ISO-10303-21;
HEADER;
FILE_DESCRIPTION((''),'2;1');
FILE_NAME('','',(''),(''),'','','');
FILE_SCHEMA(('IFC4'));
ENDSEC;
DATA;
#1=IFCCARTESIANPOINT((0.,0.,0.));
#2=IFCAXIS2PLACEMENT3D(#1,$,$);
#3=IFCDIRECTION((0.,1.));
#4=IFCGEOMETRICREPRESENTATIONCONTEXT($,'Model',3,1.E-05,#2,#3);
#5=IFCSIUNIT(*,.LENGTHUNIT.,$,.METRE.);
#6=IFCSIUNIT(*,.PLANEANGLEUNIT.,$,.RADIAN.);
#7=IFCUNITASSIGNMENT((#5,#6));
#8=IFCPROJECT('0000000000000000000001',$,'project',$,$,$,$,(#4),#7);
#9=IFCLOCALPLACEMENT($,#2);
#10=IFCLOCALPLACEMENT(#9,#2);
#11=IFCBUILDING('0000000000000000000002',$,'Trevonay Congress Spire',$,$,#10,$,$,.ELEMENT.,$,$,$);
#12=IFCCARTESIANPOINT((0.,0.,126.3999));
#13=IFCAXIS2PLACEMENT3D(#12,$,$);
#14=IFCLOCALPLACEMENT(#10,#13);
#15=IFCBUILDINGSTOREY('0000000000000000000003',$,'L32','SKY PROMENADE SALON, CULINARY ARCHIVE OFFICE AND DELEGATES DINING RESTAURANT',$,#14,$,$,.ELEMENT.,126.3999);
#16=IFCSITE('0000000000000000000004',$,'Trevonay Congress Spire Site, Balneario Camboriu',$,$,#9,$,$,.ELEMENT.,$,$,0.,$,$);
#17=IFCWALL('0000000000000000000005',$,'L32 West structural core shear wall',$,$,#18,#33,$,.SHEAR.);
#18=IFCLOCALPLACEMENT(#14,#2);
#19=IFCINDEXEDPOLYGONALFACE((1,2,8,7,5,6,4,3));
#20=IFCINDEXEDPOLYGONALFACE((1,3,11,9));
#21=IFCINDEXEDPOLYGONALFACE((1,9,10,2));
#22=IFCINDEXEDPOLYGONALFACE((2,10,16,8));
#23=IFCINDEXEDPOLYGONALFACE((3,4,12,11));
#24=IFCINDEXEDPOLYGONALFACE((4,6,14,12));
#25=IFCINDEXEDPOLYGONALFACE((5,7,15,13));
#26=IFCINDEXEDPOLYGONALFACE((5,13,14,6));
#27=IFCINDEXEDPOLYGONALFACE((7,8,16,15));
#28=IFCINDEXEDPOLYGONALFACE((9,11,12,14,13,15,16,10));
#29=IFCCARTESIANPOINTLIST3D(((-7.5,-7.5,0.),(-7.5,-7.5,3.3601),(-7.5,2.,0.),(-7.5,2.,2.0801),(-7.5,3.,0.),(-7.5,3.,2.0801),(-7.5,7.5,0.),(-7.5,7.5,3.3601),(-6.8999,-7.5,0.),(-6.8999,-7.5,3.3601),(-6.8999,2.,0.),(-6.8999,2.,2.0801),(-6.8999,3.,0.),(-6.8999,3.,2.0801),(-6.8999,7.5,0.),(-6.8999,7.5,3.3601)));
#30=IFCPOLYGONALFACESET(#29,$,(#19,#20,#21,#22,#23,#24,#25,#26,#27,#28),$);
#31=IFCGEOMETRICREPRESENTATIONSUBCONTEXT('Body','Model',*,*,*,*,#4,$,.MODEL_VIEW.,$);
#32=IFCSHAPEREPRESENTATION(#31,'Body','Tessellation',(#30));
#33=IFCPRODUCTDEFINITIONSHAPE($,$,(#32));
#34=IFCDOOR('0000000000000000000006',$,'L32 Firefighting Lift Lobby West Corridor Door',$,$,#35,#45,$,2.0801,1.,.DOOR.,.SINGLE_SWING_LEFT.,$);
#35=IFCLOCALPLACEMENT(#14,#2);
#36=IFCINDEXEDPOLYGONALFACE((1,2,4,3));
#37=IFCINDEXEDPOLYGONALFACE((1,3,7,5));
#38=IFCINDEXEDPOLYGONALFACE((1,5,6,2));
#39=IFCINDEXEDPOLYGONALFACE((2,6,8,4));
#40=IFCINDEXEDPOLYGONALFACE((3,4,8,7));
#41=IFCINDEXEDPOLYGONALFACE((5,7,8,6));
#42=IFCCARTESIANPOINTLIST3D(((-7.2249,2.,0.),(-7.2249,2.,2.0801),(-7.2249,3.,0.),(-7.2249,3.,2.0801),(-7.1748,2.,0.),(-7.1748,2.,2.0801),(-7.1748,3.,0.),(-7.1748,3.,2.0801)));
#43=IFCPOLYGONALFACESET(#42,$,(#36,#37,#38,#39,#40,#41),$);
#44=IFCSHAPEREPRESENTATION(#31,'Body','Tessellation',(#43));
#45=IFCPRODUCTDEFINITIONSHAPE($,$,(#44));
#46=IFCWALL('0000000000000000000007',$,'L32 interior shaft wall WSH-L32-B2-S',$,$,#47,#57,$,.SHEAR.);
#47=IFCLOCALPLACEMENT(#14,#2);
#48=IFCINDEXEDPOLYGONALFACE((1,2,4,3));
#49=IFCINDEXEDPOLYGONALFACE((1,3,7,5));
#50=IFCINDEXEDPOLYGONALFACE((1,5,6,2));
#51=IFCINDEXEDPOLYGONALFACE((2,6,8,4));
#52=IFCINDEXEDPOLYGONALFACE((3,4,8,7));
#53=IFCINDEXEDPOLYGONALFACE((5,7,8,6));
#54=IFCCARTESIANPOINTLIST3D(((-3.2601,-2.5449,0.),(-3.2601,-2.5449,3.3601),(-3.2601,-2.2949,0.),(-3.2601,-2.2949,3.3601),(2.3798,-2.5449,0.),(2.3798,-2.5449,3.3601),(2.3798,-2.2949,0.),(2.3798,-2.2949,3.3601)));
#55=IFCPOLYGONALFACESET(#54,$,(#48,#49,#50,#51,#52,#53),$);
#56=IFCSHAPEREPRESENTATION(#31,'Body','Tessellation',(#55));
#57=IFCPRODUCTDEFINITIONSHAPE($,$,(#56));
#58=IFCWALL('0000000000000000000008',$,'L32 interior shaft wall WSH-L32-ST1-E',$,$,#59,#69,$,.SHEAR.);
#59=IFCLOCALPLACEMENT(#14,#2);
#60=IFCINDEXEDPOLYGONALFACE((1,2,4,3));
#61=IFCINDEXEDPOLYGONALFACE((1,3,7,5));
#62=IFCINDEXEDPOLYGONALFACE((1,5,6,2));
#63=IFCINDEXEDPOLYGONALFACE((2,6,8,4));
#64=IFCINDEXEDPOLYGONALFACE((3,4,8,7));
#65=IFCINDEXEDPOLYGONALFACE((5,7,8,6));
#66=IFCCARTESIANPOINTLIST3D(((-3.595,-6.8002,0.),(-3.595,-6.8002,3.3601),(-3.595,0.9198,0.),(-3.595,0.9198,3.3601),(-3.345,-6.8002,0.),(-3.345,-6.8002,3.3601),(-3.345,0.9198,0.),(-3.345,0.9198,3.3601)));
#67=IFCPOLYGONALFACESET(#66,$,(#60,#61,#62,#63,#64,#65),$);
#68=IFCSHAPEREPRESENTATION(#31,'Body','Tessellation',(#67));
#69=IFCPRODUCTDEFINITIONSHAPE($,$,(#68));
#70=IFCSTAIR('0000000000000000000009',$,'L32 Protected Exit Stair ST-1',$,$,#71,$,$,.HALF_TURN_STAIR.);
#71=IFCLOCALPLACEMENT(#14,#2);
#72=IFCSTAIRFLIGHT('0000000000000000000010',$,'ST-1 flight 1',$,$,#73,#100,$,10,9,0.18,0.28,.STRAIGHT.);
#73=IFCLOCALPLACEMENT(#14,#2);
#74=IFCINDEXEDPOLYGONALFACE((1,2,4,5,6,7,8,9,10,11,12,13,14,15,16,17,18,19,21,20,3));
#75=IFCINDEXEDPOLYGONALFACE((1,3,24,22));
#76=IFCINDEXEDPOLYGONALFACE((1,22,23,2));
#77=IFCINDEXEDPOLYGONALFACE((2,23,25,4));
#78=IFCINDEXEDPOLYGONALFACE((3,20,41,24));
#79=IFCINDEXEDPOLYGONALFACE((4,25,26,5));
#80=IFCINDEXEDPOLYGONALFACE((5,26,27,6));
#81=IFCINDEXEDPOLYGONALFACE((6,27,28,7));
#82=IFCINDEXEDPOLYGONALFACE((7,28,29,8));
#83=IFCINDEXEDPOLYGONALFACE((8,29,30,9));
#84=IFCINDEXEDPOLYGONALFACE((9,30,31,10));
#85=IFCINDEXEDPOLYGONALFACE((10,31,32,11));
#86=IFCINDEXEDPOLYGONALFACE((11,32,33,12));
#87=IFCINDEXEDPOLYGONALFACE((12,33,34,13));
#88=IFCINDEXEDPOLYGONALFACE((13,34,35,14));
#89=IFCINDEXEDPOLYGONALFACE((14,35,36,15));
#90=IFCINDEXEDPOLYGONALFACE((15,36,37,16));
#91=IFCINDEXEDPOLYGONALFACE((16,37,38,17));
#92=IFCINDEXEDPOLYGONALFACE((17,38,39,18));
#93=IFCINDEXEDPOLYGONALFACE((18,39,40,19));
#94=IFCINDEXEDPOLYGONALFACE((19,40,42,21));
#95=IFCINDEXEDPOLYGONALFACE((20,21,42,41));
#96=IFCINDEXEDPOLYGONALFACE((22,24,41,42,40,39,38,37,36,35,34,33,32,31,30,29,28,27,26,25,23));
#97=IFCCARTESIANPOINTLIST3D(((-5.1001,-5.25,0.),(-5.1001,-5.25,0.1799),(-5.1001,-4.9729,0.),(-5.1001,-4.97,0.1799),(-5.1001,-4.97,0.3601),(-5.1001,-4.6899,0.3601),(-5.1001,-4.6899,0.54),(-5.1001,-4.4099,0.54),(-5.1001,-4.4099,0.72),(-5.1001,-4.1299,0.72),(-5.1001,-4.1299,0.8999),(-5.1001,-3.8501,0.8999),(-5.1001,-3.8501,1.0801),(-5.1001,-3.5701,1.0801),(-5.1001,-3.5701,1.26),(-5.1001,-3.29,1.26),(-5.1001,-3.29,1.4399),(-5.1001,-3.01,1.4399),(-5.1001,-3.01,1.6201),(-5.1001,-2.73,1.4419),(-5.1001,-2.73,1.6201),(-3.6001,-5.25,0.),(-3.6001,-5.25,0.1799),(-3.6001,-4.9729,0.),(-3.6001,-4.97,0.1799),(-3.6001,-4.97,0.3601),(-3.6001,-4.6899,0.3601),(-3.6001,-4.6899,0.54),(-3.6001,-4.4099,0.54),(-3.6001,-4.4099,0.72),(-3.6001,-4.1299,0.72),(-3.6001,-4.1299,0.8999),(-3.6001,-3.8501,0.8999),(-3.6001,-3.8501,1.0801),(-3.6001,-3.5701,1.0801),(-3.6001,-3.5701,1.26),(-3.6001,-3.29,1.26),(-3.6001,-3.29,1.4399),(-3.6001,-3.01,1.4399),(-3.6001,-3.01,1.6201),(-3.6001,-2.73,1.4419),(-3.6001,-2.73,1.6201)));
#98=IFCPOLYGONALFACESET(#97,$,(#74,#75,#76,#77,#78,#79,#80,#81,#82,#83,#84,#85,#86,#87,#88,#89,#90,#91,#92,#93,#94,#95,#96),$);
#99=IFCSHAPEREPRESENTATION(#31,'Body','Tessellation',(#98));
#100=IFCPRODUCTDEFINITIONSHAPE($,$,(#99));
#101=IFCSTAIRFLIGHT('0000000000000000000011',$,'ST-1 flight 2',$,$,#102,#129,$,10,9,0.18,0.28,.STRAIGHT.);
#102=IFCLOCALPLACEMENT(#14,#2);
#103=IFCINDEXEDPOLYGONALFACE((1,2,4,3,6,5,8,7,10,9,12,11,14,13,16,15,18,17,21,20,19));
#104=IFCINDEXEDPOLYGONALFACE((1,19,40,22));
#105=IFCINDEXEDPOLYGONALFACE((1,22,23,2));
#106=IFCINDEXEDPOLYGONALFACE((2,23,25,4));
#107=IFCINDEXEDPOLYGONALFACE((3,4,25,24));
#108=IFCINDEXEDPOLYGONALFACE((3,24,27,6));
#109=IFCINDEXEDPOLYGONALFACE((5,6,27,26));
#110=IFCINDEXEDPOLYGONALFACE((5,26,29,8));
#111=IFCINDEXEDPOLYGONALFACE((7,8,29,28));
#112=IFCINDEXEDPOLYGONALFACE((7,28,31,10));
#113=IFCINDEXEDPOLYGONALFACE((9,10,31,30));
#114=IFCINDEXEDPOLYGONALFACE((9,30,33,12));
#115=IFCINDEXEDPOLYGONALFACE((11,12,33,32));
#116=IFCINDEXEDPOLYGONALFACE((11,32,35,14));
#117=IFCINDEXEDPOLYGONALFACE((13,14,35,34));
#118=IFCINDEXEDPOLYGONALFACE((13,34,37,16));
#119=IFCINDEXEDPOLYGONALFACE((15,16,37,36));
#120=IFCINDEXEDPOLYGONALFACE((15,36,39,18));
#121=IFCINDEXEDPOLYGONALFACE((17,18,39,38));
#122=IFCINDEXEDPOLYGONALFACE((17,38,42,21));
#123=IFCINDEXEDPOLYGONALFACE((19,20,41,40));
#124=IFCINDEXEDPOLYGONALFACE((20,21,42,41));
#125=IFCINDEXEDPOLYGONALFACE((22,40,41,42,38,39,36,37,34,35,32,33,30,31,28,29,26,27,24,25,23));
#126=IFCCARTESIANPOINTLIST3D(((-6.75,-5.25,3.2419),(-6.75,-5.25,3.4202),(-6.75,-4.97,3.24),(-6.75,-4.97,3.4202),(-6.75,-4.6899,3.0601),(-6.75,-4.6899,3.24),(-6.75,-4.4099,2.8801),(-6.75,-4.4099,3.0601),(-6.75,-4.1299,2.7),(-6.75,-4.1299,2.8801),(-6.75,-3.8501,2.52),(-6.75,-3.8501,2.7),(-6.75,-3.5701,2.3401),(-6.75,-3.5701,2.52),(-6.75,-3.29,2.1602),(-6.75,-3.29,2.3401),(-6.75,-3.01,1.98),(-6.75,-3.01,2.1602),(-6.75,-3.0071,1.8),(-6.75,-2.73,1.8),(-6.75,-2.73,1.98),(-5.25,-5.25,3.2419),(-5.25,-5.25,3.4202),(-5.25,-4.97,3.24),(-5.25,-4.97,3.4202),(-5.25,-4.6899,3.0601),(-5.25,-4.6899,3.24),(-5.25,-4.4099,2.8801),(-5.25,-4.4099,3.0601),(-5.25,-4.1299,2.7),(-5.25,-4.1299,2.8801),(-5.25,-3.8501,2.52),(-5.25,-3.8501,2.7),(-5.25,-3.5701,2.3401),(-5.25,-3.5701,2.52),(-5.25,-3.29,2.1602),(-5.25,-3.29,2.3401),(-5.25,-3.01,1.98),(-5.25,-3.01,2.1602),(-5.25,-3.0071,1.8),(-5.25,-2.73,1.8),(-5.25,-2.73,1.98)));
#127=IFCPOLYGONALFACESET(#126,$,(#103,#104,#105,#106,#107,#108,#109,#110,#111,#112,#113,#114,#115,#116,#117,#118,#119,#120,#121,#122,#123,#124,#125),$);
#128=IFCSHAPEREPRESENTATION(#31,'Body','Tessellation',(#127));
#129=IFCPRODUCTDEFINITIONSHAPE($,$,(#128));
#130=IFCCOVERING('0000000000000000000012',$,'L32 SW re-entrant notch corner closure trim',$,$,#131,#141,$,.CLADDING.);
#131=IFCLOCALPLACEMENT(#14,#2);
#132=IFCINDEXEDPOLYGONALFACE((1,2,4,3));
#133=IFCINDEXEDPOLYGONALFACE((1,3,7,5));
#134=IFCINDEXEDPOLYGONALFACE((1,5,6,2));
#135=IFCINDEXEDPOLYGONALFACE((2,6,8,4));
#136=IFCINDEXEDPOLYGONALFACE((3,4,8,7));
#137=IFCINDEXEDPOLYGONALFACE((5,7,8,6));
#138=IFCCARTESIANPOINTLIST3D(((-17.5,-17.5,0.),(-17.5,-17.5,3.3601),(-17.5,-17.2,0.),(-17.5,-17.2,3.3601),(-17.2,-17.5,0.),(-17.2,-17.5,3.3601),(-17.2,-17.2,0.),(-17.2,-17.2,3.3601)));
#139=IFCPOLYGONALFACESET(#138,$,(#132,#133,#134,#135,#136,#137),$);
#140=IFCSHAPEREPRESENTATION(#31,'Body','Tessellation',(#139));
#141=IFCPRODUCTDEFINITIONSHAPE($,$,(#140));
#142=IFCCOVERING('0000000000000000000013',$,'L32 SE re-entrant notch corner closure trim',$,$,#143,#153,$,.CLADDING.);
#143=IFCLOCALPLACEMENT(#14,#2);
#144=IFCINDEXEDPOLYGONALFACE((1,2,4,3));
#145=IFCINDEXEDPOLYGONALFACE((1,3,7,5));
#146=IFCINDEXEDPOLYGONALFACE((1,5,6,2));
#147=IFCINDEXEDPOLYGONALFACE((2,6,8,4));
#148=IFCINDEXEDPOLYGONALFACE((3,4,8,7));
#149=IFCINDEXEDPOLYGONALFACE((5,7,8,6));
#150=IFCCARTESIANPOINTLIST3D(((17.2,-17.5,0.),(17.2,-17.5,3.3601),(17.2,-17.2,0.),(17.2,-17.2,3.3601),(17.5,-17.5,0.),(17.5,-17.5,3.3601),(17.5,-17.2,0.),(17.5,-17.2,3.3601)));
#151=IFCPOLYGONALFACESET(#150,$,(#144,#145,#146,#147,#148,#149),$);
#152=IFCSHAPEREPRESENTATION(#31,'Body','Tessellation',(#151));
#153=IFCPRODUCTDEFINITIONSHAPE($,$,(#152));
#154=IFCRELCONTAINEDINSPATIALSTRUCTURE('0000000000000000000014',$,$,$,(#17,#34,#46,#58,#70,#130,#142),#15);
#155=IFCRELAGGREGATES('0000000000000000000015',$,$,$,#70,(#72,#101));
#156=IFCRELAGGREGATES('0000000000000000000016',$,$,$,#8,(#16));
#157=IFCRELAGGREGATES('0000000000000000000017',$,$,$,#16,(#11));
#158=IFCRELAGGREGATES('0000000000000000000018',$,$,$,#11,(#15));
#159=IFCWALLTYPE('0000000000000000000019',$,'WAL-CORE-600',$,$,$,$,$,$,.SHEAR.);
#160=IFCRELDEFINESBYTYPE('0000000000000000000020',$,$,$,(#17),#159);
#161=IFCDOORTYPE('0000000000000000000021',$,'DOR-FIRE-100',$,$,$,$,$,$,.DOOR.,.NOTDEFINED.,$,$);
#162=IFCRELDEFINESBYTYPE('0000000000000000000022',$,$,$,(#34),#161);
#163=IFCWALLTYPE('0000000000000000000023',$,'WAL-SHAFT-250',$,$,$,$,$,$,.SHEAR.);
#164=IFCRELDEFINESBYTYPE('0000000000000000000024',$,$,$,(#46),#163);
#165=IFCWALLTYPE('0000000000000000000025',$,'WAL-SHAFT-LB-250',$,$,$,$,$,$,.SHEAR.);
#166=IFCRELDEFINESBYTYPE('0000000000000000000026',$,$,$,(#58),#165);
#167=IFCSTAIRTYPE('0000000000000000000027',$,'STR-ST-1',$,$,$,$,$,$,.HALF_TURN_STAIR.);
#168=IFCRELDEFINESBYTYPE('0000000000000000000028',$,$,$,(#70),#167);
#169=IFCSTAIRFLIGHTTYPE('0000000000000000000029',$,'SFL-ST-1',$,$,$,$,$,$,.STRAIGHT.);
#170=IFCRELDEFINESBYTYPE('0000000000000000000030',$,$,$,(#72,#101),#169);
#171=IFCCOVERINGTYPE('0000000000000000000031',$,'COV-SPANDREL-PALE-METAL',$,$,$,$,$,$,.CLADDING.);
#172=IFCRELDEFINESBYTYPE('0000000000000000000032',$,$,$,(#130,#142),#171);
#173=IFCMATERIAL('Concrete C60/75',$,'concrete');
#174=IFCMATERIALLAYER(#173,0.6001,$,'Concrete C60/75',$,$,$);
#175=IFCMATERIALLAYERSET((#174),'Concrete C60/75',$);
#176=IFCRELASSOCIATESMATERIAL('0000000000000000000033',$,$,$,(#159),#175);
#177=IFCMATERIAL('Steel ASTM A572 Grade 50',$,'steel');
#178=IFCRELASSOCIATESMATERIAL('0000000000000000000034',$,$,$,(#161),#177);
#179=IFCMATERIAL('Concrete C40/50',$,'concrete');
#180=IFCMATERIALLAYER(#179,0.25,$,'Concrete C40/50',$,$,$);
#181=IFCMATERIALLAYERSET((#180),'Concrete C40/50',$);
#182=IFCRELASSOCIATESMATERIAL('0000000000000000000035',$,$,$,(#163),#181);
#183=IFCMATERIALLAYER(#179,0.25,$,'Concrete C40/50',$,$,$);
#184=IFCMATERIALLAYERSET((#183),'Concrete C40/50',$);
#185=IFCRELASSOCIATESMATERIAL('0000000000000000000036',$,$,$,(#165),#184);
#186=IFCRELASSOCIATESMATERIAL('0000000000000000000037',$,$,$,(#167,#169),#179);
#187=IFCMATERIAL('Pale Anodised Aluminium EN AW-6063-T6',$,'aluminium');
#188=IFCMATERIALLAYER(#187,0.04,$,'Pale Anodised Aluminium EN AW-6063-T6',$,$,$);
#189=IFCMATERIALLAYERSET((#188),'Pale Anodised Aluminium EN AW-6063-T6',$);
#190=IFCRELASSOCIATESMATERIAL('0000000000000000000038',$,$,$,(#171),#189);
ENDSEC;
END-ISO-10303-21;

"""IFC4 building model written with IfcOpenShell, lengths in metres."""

from ifc_helpers import new_model, si_unit, direction, frame, frame_2d, origin, place, context, subcontext, project, spatial, polyline, rectangle, outline, extrude, material, layer, layer_set, type_object, element, fill, aggregate, save


model = new_model("IFC4")

# Units and contexts
model_context = context("Model", 3, precision=1e-05, world=origin(), true_north=direction((0.0, 1.0)))
body_context = subcontext(model_context, "Body", "Model", "MODEL_VIEW")
ifc_project = project(units=[si_unit("LENGTHUNIT", "METRE"), si_unit("PLANEANGLEUNIT", "RADIAN")], contexts=[model_context])

# Site, building, storey
site_placement = place(None, origin())
site = spatial("IfcSite", under=ifc_project, at=site_placement, Name="Trevonay Congress Spire Site, Balneario Camboriu", CompositionType="ELEMENT", RefElevation=0.0)
building_placement = place(site_placement, origin())
building = spatial("IfcBuilding", under=site, at=building_placement, Name="Trevonay Congress Spire", CompositionType="ELEMENT")
storey_placement = place(building_placement, frame((0.0, 0.0, 126.3999)))
storey = spatial("IfcBuildingStorey", under=building, at=storey_placement, Name="L32", Description="SKY PROMENADE SALON, CULINARY ARCHIVE OFFICE AND DELEGATES DINING RESTAURANT", CompositionType="ELEMENT", Elevation=126.3999)

# Shared definitions
ifc_material_1 = material(Name="Steel ASTM A572 Grade 50", Category="steel")

# Shared definitions
ifc_material_2 = material(Name="Concrete C40/50", Category="concrete")

# Shared definitions
ifc_material_3 = material(Name="Concrete C60/75", Category="concrete")
ifc_layer_1 = layer(ifc_material_3, 0.6001, Name="Concrete C60/75")
ifc_layer_set_1 = layer_set([ifc_layer_1], Name="Concrete C60/75")
wall_type_1 = type_object("IfcWallType", Name="WAL-CORE-600", PredefinedType="SHEAR", material=ifc_layer_set_1)
door_type_1 = type_object("IfcDoorType", Name="DOR-FIRE-100", OperationType="NOTDEFINED", PredefinedType="DOOR", material=ifc_material_1)

# Wall, opening, door
wall_1_placement = place(storey_placement, frame((-7.2, -7.5, 0.0), z_axis=(0.0, 0.0, 1.0), x_axis=(0.0, 1.0, 0.0)))
wall_1 = element("IfcWall", 1, at=wall_1_placement, inside=storey, type_object=wall_type_1, Name="L32 West structural core shear wall", PredefinedType="SHEAR", context=body_context, shape_type="SweptSolid", body=[
    extrude(rectangle(XDim=15.0, YDim=0.6001, at=frame_2d((7.5, 0.0))), origin(), (0.0, 0.0, 1.0), 3.3601),
])
opening_1_placement = place(wall_1_placement, frame((9.5, 0.0, 0.0)))
opening_1 = element("IfcOpeningElement", 2, at=opening_1_placement, cuts=wall_1, PredefinedType="OPENING", context=body_context, shape_type="SweptSolid", body=[
    extrude(rectangle(XDim=1.0, YDim=2.0801, at=frame_2d((0.5, 1.04))), frame((0.0, 0.3101, 0.0), z_axis=(0.0, -1.0, 0.0), x_axis=(1.0, 0.0, 0.0)), (0.0, 0.0, 1.0), 0.6201),
])
door_1_placement = place(opening_1_placement, origin())
door_1 = element("IfcDoor", 3, at=door_1_placement, inside=storey, type_object=door_type_1, Name="L32 Firefighting Lift Lobby West Corridor Door", OperationType="SINGLE_SWING_LEFT", OverallHeight=2.0801, OverallWidth=1.0, PredefinedType="DOOR", context=body_context, shape_type="SweptSolid", body=[
    extrude(rectangle(XDim=1.0, YDim=2.0801, at=frame_2d((0.5, 1.04))), frame((0.0, 0.0249, 0.0), z_axis=(0.0, -1.0, 0.0), x_axis=(1.0, 0.0, 0.0)), (0.0, 0.0, 1.0), 0.05),
])
fill(opening_1, door_1)

# Walls
ifc_layer_2 = layer(ifc_material_2, 0.25, Name="Concrete C40/50")
ifc_layer_set_2 = layer_set([ifc_layer_2], Name="Concrete C40/50")
wall_type_2 = type_object("IfcWallType", Name="WAL-SHAFT-250", PredefinedType="SHEAR", material=ifc_layer_set_2)
wall_2_placement = place(storey_placement, frame((-3.26, -2.4199, 0.0), z_axis=(0.0, 0.0, 1.0), x_axis=(1.0, 0.0, 0.0)))
element("IfcWall", 4, at=wall_2_placement, inside=storey, type_object=wall_type_2, Name="L32 interior shaft wall WSH-L32-B2-S", PredefinedType="SHEAR", context=body_context, shape_type="SweptSolid", body=[
    extrude(rectangle(XDim=5.6399, YDim=0.25, at=frame_2d((2.8198, 0.0))), origin(), (0.0, 0.0, 1.0), 3.3601),
])
ifc_layer_3 = layer(ifc_material_2, 0.25, Name="Concrete C40/50")
ifc_layer_set_3 = layer_set([ifc_layer_3], Name="Concrete C40/50")
wall_type_3 = type_object("IfcWallType", Name="WAL-SHAFT-LB-250", PredefinedType="SHEAR", material=ifc_layer_set_3)
wall_3_placement = place(storey_placement, frame((-3.47, -6.8, 0.0), z_axis=(0.0, 0.0, 1.0), x_axis=(0.0, 1.0, 0.0)))
element("IfcWall", 5, at=wall_3_placement, inside=storey, type_object=wall_type_3, Name="L32 interior shaft wall WSH-L32-ST1-E", PredefinedType="SHEAR", context=body_context, shape_type="SweptSolid", body=[
    extrude(rectangle(XDim=7.72, YDim=0.25, at=frame_2d((3.8599, 0.0))), origin(), (0.0, 0.0, 1.0), 3.3601),
])

# Stair, stair flights
stair_type = type_object("IfcStairType", Name="STR-ST-1", PredefinedType="HALF_TURN_STAIR", material=ifc_material_2)
stair_placement = place(storey_placement, origin())
stair = element("IfcStair", 6, at=stair_placement, inside=storey, type_object=stair_type, Name="L32 Protected Exit Stair ST-1", PredefinedType="HALF_TURN_STAIR")
stair_flight_type = type_object("IfcStairFlightType", Name="SFL-ST-1", PredefinedType="STRAIGHT", material=ifc_material_2)
stair_flight_1_placement = place(storey_placement, frame((-4.3501, -5.25, 0.0), z_axis=(0.0, 0.0, 1.0), x_axis=(0.0, 1.0, 0.0)))
stair_flight_1 = element("IfcStairFlight", 7, at=stair_flight_1_placement, type_object=stair_flight_type, Name="ST-1 flight 1", NumberOfRisers=10, NumberOfTreads=9, PredefinedType="STRAIGHT", RiserHeight=0.18, TreadLength=0.28, context=body_context, shape_type="SweptSolid", body=[
    extrude(outline(polyline([(0.0, 0.0), (0.0, 0.1799), (0.28, 0.1799), (0.28, 0.3601), (0.5601, 0.3601), (0.5601, 0.54), (0.8401, 0.54), (0.8401, 0.72), (1.1201, 0.72), (1.1201, 0.8999), (1.3999, 0.8999), (1.3999, 1.0801), (1.6799, 1.0801), (1.6799, 1.26), (1.96, 1.26), (1.96, 1.4399), (2.24, 1.4399), (2.24, 1.6201), (2.52, 1.6201), (2.52, 1.8), (2.52, 1.4419), (0.2771, 0.0), (0.0, 0.0)])), frame((0.0, 0.75, 0.0), z_axis=(0.0, -1.0, 0.0), x_axis=(1.0, 0.0, 0.0)), (0.0, 0.0, 1.0), 1.5),
])
stair_flight_2_placement = place(storey_placement, frame((-6.0, -2.73, 1.8), z_axis=(0.0, 0.0, 1.0), x_axis=(0.0, -1.0, 0.0)))
stair_flight_2 = element("IfcStairFlight", 8, at=stair_flight_2_placement, type_object=stair_flight_type, Name="ST-1 flight 2", NumberOfRisers=10, NumberOfTreads=9, PredefinedType="STRAIGHT", RiserHeight=0.18, TreadLength=0.28, context=body_context, shape_type="SweptSolid", body=[
    extrude(outline(polyline([(0.0, 0.0), (0.0, 0.1799), (0.28, 0.1799), (0.28, 0.3601), (0.5601, 0.3601), (0.5601, 0.54), (0.8401, 0.54), (0.8401, 0.72), (1.1201, 0.72), (1.1201, 0.8999), (1.3999, 0.8999), (1.3999, 1.0801), (1.6799, 1.0801), (1.6799, 1.26), (1.96, 1.26), (1.96, 1.4399), (2.24, 1.4399), (2.24, 1.6201), (2.52, 1.6201), (2.52, 1.8), (2.52, 1.4419), (0.2771, 0.0), (0.0, 0.0)])), frame((0.0, 0.75, 0.0), z_axis=(0.0, -1.0, 0.0), x_axis=(1.0, 0.0, 0.0)), (0.0, 0.0, 1.0), 1.5),
])
aggregate(stair, [stair_flight_1, stair_flight_2])

# Coverings
ifc_material_4 = material(Name="Pale Anodised Aluminium EN AW-6063-T6", Category="aluminium")
ifc_layer_4 = layer(ifc_material_4, 0.04, Name="Pale Anodised Aluminium EN AW-6063-T6")
ifc_layer_set_4 = layer_set([ifc_layer_4], Name="Pale Anodised Aluminium EN AW-6063-T6")
covering_type = type_object("IfcCoveringType", Name="COV-SPANDREL-PALE-METAL", PredefinedType="CLADDING", material=ifc_layer_set_4)
covering_1_placement = place(storey_placement, origin())
element("IfcCovering", 9, at=covering_1_placement, inside=storey, type_object=covering_type, Name="L32 SW re-entrant notch corner closure trim", PredefinedType="CLADDING", context=body_context, shape_type="SweptSolid", body=[
    extrude(outline(polyline([(-17.5, -17.5), (-17.2, -17.5), (-17.2, -17.2), (-17.5, -17.2), (-17.5, -17.5)])), origin(), (0.0, 0.0, 1.0), 3.3601),
])
covering_2_placement = place(storey_placement, origin())
element("IfcCovering", 10, at=covering_2_placement, inside=storey, type_object=covering_type, Name="L32 SE re-entrant notch corner closure trim", PredefinedType="CLADDING", context=body_context, shape_type="SweptSolid", body=[
    extrude(outline(polyline([(17.2, -17.5), (17.5, -17.5), (17.5, -17.2), (17.2, -17.2), (17.2, -17.5)])), origin(), (0.0, 0.0, 1.0), 3.3601),
])

save(model, "model.ifc")
